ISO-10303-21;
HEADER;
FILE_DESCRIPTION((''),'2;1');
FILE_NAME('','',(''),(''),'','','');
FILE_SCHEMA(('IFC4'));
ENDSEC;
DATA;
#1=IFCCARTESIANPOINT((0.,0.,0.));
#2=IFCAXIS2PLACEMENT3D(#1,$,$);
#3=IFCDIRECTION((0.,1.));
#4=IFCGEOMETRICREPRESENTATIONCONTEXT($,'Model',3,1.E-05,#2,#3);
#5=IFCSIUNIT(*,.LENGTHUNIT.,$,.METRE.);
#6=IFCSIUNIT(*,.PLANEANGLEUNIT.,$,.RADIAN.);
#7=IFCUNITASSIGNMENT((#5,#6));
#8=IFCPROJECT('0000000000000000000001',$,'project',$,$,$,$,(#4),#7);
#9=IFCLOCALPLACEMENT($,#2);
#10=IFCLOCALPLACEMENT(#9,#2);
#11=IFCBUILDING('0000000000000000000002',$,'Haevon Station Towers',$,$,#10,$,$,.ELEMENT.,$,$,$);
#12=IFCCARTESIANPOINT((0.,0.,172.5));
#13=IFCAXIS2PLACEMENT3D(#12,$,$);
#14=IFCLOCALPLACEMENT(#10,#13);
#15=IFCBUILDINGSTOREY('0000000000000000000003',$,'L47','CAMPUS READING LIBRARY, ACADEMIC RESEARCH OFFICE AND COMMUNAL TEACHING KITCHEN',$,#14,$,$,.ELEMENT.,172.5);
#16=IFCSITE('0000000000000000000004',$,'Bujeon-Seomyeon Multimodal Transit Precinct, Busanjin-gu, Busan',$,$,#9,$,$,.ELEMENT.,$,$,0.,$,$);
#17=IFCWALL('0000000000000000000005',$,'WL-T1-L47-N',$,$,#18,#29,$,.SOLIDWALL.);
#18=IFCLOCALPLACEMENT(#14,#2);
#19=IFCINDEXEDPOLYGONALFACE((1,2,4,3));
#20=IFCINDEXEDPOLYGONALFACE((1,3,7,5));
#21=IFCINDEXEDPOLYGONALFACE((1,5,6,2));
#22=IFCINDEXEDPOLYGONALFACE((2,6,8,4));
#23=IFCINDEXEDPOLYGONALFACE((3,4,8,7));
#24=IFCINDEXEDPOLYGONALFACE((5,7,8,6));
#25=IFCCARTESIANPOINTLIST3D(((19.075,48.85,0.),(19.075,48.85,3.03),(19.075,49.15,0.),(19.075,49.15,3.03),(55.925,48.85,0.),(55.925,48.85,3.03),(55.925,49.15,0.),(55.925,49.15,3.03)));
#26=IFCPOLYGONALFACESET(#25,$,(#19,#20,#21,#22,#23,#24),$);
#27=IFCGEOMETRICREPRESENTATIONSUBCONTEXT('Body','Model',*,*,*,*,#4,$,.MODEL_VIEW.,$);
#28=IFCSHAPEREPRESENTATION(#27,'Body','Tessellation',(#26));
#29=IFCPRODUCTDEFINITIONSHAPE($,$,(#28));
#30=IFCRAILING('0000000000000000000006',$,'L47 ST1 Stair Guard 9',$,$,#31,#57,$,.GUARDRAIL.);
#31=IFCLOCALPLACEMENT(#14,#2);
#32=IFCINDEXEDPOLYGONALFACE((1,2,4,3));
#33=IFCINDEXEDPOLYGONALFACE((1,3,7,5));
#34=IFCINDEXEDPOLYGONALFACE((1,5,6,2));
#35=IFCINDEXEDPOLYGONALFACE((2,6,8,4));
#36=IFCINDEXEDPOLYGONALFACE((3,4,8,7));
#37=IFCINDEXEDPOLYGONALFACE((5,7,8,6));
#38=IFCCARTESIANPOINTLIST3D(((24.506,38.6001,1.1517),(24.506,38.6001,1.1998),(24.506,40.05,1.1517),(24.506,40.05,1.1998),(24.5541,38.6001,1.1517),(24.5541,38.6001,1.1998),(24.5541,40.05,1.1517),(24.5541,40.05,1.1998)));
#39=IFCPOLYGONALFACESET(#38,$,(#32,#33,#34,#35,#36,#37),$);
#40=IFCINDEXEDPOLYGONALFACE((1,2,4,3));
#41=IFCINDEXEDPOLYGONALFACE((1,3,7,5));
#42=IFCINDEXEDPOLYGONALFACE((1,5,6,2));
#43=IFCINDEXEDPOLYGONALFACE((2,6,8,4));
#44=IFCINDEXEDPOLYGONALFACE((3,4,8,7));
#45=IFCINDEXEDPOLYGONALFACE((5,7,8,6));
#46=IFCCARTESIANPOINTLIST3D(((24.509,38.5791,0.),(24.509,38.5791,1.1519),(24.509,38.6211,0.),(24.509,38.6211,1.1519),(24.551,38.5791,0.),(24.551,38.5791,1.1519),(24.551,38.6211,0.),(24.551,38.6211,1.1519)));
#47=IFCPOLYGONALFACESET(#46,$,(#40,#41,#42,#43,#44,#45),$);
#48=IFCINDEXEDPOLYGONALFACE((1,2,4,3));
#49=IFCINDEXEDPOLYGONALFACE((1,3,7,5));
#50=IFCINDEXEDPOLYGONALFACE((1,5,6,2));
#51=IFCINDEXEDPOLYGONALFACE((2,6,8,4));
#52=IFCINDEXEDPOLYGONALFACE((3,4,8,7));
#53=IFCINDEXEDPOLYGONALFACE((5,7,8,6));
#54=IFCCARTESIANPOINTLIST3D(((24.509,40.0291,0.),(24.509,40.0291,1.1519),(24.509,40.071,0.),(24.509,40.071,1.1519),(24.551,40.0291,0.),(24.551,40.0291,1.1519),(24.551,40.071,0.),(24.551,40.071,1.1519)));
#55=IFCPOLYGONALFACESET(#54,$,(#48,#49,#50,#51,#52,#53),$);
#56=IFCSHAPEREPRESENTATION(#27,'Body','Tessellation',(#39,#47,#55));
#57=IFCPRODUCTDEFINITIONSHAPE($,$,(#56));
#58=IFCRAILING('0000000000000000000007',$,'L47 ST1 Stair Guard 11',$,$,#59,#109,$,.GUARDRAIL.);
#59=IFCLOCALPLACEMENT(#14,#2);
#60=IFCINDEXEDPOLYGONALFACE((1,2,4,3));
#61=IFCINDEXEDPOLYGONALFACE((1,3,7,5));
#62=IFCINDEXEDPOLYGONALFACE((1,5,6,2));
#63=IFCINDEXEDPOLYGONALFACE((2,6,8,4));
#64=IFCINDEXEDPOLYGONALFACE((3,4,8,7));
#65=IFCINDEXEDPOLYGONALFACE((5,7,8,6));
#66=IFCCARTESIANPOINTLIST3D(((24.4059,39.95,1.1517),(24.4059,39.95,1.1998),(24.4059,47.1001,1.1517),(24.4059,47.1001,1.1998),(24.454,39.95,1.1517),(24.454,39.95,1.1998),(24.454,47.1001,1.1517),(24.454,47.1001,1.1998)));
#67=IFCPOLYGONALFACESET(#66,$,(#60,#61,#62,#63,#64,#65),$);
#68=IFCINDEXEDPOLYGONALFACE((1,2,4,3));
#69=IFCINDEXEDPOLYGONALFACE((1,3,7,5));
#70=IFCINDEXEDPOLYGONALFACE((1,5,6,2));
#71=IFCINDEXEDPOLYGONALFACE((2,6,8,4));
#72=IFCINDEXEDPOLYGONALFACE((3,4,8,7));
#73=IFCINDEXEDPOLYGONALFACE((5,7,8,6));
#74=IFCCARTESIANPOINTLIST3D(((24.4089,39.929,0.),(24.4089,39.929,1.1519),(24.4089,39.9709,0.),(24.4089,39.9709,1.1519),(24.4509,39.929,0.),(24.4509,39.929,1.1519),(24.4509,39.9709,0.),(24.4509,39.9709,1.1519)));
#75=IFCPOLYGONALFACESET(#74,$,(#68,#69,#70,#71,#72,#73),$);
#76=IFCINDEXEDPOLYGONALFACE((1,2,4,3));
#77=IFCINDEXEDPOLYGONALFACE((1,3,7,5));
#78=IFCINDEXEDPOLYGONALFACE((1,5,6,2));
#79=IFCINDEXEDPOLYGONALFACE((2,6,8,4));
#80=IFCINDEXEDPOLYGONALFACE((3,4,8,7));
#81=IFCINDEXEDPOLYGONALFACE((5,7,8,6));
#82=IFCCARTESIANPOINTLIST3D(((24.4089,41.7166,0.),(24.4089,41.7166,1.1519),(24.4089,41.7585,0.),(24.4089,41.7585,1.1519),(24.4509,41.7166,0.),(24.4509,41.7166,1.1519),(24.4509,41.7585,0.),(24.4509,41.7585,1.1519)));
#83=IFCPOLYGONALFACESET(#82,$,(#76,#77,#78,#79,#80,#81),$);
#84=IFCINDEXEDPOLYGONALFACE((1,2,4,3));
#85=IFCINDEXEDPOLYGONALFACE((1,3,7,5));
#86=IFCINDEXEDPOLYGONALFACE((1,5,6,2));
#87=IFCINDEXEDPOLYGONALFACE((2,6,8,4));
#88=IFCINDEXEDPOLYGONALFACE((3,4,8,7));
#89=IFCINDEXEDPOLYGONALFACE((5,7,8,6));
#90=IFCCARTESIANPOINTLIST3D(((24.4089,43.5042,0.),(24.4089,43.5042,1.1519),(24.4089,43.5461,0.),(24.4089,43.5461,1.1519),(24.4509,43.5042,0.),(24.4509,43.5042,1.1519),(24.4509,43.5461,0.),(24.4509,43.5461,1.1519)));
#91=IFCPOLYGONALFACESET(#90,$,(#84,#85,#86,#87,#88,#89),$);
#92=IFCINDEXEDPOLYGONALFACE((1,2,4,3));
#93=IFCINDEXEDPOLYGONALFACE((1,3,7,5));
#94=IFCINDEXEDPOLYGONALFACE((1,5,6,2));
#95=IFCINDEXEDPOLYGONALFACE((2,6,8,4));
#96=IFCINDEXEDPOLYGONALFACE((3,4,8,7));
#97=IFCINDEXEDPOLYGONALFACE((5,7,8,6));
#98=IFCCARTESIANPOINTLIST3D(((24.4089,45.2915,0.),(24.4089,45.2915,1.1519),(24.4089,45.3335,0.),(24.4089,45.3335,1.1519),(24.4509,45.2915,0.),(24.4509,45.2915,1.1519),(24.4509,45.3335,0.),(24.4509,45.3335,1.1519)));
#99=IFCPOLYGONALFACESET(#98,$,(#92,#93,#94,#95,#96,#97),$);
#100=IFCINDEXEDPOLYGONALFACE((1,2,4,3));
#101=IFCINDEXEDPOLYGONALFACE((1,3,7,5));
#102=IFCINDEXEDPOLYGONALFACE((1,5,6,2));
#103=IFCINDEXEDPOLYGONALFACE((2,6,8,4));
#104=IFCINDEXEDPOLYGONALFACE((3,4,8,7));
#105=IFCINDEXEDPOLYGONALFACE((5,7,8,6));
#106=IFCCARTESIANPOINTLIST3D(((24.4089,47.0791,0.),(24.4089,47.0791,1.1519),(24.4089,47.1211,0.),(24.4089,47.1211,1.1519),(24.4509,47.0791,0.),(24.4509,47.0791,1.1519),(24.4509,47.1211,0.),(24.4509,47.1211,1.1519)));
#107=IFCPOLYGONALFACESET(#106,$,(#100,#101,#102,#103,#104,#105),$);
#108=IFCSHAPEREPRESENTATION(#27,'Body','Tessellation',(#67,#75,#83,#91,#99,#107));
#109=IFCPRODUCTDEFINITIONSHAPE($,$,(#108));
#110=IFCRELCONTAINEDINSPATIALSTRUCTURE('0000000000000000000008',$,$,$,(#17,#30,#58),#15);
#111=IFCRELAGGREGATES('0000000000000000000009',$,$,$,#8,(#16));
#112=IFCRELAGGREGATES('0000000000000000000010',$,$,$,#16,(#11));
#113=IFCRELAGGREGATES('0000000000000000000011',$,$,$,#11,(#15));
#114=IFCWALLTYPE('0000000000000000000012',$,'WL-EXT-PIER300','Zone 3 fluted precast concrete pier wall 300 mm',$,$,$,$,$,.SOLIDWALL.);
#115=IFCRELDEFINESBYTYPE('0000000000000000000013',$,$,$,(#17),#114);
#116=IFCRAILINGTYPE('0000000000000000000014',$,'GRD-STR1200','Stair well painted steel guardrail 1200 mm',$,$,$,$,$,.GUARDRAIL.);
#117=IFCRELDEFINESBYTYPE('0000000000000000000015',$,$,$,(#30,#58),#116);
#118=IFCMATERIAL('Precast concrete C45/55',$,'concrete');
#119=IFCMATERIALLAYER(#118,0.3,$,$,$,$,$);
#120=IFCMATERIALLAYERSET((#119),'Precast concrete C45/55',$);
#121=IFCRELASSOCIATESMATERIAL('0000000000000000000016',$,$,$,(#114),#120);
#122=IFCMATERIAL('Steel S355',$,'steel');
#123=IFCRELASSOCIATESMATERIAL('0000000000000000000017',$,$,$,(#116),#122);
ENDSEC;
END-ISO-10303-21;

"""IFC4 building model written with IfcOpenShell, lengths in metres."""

from ifc_helpers import new_model, si_unit, direction, frame, frame_2d, origin, origin_2d, place, context, subcontext, project, spatial, rectangle, extrude, material, layer, layer_set, type_object, element, save


model = new_model("IFC4")

# Units and contexts
model_context = context("Model", 3, precision=1e-05, world=origin(), true_north=direction((0.0, 1.0)))
body_context = subcontext(model_context, "Body", "Model", "MODEL_VIEW")
ifc_project = project(units=[si_unit("LENGTHUNIT", "METRE"), si_unit("PLANEANGLEUNIT", "RADIAN")], contexts=[model_context])

# Site, building, storey
site_placement = place(None, origin())
site = spatial("IfcSite", under=ifc_project, at=site_placement, Name="Bujeon-Seomyeon Multimodal Transit Precinct, Busanjin-gu, Busan", CompositionType="ELEMENT", RefElevation=0.0)
building_placement = place(site_placement, origin())
building = spatial("IfcBuilding", under=site, at=building_placement, Name="Haevon Station Towers", CompositionType="ELEMENT")
storey_placement = place(building_placement, frame((0.0, 0.0, 172.5)))
storey = spatial("IfcBuildingStorey", under=building, at=storey_placement, Name="L47", Description="CAMPUS READING LIBRARY, ACADEMIC RESEARCH OFFICE AND COMMUNAL TEACHING KITCHEN", CompositionType="ELEMENT", Elevation=172.5)

# Shared definitions
ifc_material_1 = material(Name="Steel S355", Category="steel")

# Wall
ifc_material_2 = material(Name="Precast concrete C45/55", Category="concrete")
ifc_layer_1 = layer(ifc_material_2, 0.3)
ifc_layer_set_1 = layer_set([ifc_layer_1], Name="Precast concrete C45/55")
wall_type_1 = type_object("IfcWallType", Name="WL-EXT-PIER300", Description="Zone 3 fluted precast concrete pier wall 300 mm", PredefinedType="SOLIDWALL", material=ifc_layer_set_1)
wall_1_placement = place(storey_placement, frame((19.075, 49.0, 0.0), z_axis=(0.0, 0.0, 1.0), x_axis=(1.0, 0.0, 0.0)))
element("IfcWall", 1, at=wall_1_placement, inside=storey, type_object=wall_type_1, Name="WL-T1-L47-N", PredefinedType="SOLIDWALL", context=body_context, shape_type="SweptSolid", body=[
    extrude(rectangle(XDim=36.8501, YDim=0.3, at=frame_2d((18.425, 0.0))), origin(), (0.0, 0.0, 1.0), 3.03),
])

# Railings
railing_type = type_object("IfcRailingType", Name="GRD-STR1200", Description="Stair well painted steel guardrail 1200 mm", PredefinedType="GUARDRAIL", material=ifc_material_1)
railing_1_placement = place(storey_placement, frame((24.53, 38.6001, 0.0)))
element("IfcRailing", 2, at=railing_1_placement, inside=storey, type_object=railing_type, Name="L47 ST1 Stair Guard 9", PredefinedType="GUARDRAIL", context=body_context, shape_type="SweptSolid", body=[
    extrude(rectangle(XDim=0.0481, YDim=0.0481, at=origin_2d()), frame((0.0, 0.0, 1.1758), z_axis=(0.0, 1.0, 0.0), x_axis=(-1.0, 0.0, 0.0)), (0.0, 0.0, 1.0), 1.45),
    extrude(rectangle(XDim=0.042, YDim=0.042, at=origin_2d()), origin(), (0.0, 0.0, 1.0), 1.1519),
    extrude(rectangle(XDim=0.042, YDim=0.042, at=origin_2d()), frame((0.0, 1.45, 0.0)), (0.0, 0.0, 1.0), 1.1519),
])
railing_2_placement = place(storey_placement, frame((24.4299, 39.95, 0.0)))
element("IfcRailing", 3, at=railing_2_placement, inside=storey, type_object=railing_type, Name="L47 ST1 Stair Guard 11", PredefinedType="GUARDRAIL", context=body_context, shape_type="SweptSolid", body=[
    extrude(rectangle(XDim=0.0481, YDim=0.0481, at=origin_2d()), frame((0.0, 0.0, 1.1758), z_axis=(0.0, 1.0, 0.0), x_axis=(-1.0, 0.0, 0.0)), (0.0, 0.0, 1.0), 7.1501),
    extrude(rectangle(XDim=0.042, YDim=0.042, at=origin_2d()), origin(), (0.0, 0.0, 1.0), 1.1519),
    extrude(rectangle(XDim=0.042, YDim=0.042, at=origin_2d()), frame((0.0, 1.7876, 0.0)), (0.0, 0.0, 1.0), 1.1519),
    extrude(rectangle(XDim=0.042, YDim=0.042, at=origin_2d()), frame((0.0, 3.5752, 0.0)), (0.0, 0.0, 1.0), 1.1519),
    extrude(rectangle(XDim=0.042, YDim=0.042, at=origin_2d()), frame((0.0, 5.3625, 0.0)), (0.0, 0.0, 1.0), 1.1519),
    extrude(rectangle(XDim=0.042, YDim=0.042, at=origin_2d()), frame((0.0, 7.1501, 0.0)), (0.0, 0.0, 1.0), 1.1519),
])

save(model, "model.ifc")
